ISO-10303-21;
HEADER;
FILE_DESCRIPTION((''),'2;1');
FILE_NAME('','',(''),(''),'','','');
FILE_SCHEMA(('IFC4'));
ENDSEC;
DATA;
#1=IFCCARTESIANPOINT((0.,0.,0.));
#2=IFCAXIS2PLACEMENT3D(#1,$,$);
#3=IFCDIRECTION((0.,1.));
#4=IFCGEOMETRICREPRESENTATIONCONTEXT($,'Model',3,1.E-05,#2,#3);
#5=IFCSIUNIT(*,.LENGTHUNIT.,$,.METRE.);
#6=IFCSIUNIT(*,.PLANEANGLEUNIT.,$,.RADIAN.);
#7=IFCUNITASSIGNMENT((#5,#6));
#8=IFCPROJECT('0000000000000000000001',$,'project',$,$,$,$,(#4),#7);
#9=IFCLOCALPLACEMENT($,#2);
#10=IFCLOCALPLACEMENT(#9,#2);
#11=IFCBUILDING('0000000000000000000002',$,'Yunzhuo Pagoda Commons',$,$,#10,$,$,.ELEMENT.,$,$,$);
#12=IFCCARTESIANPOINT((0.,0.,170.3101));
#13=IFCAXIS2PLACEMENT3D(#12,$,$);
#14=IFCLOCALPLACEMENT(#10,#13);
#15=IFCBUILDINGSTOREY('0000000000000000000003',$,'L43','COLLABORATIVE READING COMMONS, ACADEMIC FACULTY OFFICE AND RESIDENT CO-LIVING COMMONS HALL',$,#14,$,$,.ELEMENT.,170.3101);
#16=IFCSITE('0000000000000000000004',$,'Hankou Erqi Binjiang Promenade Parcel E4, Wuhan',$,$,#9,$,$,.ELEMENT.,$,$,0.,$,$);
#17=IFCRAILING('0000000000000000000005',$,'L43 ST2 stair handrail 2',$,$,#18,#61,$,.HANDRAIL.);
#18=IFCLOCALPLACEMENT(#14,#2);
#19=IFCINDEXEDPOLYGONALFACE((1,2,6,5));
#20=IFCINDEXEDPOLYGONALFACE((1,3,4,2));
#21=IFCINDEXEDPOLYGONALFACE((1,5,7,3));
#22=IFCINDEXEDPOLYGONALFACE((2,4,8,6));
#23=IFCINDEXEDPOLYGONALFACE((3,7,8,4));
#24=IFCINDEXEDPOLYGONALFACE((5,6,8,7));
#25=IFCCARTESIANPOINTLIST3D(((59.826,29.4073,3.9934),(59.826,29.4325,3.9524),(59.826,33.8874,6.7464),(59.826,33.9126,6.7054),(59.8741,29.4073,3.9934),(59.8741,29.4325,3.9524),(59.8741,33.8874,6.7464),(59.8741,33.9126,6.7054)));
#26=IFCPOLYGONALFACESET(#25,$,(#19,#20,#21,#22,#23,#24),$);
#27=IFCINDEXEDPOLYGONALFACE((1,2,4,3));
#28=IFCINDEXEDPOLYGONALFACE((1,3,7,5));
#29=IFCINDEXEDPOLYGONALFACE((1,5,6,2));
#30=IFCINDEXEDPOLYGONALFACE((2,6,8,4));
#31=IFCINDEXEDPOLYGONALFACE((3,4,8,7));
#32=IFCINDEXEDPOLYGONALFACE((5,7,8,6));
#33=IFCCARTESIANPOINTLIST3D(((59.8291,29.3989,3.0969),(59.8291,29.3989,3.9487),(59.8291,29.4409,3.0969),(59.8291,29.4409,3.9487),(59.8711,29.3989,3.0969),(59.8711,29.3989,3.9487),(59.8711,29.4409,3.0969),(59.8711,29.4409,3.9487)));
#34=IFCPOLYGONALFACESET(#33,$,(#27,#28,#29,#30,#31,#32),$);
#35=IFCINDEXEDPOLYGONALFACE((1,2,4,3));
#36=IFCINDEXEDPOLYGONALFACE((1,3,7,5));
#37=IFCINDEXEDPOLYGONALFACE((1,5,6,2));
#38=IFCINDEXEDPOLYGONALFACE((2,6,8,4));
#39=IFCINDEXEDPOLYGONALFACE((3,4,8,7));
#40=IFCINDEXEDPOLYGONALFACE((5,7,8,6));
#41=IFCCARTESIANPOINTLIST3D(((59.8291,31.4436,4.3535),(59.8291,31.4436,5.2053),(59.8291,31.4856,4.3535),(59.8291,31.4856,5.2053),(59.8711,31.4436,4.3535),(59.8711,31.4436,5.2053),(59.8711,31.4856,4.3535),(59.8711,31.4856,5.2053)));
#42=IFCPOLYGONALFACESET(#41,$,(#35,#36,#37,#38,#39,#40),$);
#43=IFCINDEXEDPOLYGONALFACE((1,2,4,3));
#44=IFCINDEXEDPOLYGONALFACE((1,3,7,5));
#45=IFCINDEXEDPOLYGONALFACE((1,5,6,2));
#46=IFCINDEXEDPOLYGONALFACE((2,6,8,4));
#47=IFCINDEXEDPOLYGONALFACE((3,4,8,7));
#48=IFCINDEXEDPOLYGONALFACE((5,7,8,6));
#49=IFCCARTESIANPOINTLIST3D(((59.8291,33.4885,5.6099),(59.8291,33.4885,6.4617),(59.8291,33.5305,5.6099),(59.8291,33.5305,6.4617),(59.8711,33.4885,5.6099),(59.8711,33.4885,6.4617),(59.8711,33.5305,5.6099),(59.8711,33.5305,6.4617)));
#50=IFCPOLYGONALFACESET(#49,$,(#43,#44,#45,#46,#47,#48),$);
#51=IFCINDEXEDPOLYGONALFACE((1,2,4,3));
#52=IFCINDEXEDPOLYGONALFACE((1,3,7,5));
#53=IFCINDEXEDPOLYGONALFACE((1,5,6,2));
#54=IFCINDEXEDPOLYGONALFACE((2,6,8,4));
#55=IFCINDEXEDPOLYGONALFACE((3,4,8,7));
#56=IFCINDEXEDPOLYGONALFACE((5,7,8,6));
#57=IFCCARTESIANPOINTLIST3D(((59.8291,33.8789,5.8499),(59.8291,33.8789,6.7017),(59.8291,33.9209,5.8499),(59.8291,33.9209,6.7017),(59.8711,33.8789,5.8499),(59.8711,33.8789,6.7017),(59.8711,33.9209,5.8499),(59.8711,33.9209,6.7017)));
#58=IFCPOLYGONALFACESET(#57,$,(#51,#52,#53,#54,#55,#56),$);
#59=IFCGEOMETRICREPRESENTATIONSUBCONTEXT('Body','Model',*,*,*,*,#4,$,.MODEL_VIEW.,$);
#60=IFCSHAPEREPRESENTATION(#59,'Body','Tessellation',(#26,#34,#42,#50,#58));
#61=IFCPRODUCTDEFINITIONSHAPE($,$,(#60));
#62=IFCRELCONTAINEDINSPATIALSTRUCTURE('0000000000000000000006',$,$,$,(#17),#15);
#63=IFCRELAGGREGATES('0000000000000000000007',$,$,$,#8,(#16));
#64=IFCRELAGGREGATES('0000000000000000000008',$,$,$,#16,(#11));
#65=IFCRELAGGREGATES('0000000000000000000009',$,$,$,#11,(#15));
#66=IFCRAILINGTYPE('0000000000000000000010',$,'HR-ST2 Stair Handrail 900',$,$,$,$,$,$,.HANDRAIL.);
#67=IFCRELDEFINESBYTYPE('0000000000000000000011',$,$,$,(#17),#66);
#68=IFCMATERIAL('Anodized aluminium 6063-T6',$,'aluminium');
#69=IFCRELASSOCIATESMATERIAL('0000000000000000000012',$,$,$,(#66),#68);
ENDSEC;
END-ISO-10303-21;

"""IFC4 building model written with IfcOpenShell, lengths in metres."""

from ifc_helpers import new_model, si_unit, direction, frame, origin, origin_2d, place, context, subcontext, project, spatial, rectangle, extrude, material, type_object, element, save


model = new_model("IFC4")

# Units and contexts
model_context = context("Model", 3, precision=1e-05, world=origin(), true_north=direction((0.0, 1.0)))
body_context = subcontext(model_context, "Body", "Model", "MODEL_VIEW")
ifc_project = project(units=[si_unit("LENGTHUNIT", "METRE"), si_unit("PLANEANGLEUNIT", "RADIAN")], contexts=[model_context])

# Site, building, storey
site_placement = place(None, origin())
site = spatial("IfcSite", under=ifc_project, at=site_placement, Name="Hankou Erqi Binjiang Promenade Parcel E4, Wuhan", CompositionType="ELEMENT", RefElevation=0.0)
building_placement = place(site_placement, origin())
building = spatial("IfcBuilding", under=site, at=building_placement, Name="Yunzhuo Pagoda Commons", CompositionType="ELEMENT")
storey_placement = place(building_placement, frame((0.0, 0.0, 170.3101)))
storey = spatial("IfcBuildingStorey", under=building, at=storey_placement, Name="L43", Description="COLLABORATIVE READING COMMONS, ACADEMIC FACULTY OFFICE AND RESIDENT CO-LIVING COMMONS HALL", CompositionType="ELEMENT", Elevation=170.3101)

# Shared definitions
ifc_material_1 = material(Name="Anodized aluminium 6063-T6", Category="aluminium")

# Railing
railing_type_1 = type_object("IfcRailingType", Name="HR-ST2 Stair Handrail 900", PredefinedType="HANDRAIL", material=ifc_material_1)
railing_1_placement = place(storey_placement, frame((59.8501, 29.4199, 3.0969)))
element("IfcRailing", 1, at=railing_1_placement, inside=storey, type_object=railing_type_1, Name="L43 ST2 stair handrail 2", PredefinedType="HANDRAIL", context=body_context, shape_type="SweptSolid", body=[
    extrude(rectangle(XDim=0.0481, YDim=0.0481, at=origin_2d()), frame((0.0, 0.0, 0.876), z_axis=(0.0, 0.851996, 0.523548), x_axis=(-1.0, 0.0, 0.0)), (0.0, 0.0, 1.0), 5.2583),
    extrude(rectangle(XDim=0.042, YDim=0.042, at=origin_2d()), origin(), (0.0, 0.0, 1.0), 0.8518),
    extrude(rectangle(XDim=0.042, YDim=0.042, at=origin_2d()), frame((0.0, 2.0447, 1.2566)), (0.0, 0.0, 1.0), 0.8518),
    extrude(rectangle(XDim=0.042, YDim=0.042, at=origin_2d()), frame((0.0, 4.0896, 2.5129)), (0.0, 0.0, 1.0), 0.8518),
    extrude(rectangle(XDim=0.042, YDim=0.042, at=origin_2d()), frame((0.0, 4.48, 2.7529)), (0.0, 0.0, 1.0), 0.8518),
])

save(model, "model.ifc")
